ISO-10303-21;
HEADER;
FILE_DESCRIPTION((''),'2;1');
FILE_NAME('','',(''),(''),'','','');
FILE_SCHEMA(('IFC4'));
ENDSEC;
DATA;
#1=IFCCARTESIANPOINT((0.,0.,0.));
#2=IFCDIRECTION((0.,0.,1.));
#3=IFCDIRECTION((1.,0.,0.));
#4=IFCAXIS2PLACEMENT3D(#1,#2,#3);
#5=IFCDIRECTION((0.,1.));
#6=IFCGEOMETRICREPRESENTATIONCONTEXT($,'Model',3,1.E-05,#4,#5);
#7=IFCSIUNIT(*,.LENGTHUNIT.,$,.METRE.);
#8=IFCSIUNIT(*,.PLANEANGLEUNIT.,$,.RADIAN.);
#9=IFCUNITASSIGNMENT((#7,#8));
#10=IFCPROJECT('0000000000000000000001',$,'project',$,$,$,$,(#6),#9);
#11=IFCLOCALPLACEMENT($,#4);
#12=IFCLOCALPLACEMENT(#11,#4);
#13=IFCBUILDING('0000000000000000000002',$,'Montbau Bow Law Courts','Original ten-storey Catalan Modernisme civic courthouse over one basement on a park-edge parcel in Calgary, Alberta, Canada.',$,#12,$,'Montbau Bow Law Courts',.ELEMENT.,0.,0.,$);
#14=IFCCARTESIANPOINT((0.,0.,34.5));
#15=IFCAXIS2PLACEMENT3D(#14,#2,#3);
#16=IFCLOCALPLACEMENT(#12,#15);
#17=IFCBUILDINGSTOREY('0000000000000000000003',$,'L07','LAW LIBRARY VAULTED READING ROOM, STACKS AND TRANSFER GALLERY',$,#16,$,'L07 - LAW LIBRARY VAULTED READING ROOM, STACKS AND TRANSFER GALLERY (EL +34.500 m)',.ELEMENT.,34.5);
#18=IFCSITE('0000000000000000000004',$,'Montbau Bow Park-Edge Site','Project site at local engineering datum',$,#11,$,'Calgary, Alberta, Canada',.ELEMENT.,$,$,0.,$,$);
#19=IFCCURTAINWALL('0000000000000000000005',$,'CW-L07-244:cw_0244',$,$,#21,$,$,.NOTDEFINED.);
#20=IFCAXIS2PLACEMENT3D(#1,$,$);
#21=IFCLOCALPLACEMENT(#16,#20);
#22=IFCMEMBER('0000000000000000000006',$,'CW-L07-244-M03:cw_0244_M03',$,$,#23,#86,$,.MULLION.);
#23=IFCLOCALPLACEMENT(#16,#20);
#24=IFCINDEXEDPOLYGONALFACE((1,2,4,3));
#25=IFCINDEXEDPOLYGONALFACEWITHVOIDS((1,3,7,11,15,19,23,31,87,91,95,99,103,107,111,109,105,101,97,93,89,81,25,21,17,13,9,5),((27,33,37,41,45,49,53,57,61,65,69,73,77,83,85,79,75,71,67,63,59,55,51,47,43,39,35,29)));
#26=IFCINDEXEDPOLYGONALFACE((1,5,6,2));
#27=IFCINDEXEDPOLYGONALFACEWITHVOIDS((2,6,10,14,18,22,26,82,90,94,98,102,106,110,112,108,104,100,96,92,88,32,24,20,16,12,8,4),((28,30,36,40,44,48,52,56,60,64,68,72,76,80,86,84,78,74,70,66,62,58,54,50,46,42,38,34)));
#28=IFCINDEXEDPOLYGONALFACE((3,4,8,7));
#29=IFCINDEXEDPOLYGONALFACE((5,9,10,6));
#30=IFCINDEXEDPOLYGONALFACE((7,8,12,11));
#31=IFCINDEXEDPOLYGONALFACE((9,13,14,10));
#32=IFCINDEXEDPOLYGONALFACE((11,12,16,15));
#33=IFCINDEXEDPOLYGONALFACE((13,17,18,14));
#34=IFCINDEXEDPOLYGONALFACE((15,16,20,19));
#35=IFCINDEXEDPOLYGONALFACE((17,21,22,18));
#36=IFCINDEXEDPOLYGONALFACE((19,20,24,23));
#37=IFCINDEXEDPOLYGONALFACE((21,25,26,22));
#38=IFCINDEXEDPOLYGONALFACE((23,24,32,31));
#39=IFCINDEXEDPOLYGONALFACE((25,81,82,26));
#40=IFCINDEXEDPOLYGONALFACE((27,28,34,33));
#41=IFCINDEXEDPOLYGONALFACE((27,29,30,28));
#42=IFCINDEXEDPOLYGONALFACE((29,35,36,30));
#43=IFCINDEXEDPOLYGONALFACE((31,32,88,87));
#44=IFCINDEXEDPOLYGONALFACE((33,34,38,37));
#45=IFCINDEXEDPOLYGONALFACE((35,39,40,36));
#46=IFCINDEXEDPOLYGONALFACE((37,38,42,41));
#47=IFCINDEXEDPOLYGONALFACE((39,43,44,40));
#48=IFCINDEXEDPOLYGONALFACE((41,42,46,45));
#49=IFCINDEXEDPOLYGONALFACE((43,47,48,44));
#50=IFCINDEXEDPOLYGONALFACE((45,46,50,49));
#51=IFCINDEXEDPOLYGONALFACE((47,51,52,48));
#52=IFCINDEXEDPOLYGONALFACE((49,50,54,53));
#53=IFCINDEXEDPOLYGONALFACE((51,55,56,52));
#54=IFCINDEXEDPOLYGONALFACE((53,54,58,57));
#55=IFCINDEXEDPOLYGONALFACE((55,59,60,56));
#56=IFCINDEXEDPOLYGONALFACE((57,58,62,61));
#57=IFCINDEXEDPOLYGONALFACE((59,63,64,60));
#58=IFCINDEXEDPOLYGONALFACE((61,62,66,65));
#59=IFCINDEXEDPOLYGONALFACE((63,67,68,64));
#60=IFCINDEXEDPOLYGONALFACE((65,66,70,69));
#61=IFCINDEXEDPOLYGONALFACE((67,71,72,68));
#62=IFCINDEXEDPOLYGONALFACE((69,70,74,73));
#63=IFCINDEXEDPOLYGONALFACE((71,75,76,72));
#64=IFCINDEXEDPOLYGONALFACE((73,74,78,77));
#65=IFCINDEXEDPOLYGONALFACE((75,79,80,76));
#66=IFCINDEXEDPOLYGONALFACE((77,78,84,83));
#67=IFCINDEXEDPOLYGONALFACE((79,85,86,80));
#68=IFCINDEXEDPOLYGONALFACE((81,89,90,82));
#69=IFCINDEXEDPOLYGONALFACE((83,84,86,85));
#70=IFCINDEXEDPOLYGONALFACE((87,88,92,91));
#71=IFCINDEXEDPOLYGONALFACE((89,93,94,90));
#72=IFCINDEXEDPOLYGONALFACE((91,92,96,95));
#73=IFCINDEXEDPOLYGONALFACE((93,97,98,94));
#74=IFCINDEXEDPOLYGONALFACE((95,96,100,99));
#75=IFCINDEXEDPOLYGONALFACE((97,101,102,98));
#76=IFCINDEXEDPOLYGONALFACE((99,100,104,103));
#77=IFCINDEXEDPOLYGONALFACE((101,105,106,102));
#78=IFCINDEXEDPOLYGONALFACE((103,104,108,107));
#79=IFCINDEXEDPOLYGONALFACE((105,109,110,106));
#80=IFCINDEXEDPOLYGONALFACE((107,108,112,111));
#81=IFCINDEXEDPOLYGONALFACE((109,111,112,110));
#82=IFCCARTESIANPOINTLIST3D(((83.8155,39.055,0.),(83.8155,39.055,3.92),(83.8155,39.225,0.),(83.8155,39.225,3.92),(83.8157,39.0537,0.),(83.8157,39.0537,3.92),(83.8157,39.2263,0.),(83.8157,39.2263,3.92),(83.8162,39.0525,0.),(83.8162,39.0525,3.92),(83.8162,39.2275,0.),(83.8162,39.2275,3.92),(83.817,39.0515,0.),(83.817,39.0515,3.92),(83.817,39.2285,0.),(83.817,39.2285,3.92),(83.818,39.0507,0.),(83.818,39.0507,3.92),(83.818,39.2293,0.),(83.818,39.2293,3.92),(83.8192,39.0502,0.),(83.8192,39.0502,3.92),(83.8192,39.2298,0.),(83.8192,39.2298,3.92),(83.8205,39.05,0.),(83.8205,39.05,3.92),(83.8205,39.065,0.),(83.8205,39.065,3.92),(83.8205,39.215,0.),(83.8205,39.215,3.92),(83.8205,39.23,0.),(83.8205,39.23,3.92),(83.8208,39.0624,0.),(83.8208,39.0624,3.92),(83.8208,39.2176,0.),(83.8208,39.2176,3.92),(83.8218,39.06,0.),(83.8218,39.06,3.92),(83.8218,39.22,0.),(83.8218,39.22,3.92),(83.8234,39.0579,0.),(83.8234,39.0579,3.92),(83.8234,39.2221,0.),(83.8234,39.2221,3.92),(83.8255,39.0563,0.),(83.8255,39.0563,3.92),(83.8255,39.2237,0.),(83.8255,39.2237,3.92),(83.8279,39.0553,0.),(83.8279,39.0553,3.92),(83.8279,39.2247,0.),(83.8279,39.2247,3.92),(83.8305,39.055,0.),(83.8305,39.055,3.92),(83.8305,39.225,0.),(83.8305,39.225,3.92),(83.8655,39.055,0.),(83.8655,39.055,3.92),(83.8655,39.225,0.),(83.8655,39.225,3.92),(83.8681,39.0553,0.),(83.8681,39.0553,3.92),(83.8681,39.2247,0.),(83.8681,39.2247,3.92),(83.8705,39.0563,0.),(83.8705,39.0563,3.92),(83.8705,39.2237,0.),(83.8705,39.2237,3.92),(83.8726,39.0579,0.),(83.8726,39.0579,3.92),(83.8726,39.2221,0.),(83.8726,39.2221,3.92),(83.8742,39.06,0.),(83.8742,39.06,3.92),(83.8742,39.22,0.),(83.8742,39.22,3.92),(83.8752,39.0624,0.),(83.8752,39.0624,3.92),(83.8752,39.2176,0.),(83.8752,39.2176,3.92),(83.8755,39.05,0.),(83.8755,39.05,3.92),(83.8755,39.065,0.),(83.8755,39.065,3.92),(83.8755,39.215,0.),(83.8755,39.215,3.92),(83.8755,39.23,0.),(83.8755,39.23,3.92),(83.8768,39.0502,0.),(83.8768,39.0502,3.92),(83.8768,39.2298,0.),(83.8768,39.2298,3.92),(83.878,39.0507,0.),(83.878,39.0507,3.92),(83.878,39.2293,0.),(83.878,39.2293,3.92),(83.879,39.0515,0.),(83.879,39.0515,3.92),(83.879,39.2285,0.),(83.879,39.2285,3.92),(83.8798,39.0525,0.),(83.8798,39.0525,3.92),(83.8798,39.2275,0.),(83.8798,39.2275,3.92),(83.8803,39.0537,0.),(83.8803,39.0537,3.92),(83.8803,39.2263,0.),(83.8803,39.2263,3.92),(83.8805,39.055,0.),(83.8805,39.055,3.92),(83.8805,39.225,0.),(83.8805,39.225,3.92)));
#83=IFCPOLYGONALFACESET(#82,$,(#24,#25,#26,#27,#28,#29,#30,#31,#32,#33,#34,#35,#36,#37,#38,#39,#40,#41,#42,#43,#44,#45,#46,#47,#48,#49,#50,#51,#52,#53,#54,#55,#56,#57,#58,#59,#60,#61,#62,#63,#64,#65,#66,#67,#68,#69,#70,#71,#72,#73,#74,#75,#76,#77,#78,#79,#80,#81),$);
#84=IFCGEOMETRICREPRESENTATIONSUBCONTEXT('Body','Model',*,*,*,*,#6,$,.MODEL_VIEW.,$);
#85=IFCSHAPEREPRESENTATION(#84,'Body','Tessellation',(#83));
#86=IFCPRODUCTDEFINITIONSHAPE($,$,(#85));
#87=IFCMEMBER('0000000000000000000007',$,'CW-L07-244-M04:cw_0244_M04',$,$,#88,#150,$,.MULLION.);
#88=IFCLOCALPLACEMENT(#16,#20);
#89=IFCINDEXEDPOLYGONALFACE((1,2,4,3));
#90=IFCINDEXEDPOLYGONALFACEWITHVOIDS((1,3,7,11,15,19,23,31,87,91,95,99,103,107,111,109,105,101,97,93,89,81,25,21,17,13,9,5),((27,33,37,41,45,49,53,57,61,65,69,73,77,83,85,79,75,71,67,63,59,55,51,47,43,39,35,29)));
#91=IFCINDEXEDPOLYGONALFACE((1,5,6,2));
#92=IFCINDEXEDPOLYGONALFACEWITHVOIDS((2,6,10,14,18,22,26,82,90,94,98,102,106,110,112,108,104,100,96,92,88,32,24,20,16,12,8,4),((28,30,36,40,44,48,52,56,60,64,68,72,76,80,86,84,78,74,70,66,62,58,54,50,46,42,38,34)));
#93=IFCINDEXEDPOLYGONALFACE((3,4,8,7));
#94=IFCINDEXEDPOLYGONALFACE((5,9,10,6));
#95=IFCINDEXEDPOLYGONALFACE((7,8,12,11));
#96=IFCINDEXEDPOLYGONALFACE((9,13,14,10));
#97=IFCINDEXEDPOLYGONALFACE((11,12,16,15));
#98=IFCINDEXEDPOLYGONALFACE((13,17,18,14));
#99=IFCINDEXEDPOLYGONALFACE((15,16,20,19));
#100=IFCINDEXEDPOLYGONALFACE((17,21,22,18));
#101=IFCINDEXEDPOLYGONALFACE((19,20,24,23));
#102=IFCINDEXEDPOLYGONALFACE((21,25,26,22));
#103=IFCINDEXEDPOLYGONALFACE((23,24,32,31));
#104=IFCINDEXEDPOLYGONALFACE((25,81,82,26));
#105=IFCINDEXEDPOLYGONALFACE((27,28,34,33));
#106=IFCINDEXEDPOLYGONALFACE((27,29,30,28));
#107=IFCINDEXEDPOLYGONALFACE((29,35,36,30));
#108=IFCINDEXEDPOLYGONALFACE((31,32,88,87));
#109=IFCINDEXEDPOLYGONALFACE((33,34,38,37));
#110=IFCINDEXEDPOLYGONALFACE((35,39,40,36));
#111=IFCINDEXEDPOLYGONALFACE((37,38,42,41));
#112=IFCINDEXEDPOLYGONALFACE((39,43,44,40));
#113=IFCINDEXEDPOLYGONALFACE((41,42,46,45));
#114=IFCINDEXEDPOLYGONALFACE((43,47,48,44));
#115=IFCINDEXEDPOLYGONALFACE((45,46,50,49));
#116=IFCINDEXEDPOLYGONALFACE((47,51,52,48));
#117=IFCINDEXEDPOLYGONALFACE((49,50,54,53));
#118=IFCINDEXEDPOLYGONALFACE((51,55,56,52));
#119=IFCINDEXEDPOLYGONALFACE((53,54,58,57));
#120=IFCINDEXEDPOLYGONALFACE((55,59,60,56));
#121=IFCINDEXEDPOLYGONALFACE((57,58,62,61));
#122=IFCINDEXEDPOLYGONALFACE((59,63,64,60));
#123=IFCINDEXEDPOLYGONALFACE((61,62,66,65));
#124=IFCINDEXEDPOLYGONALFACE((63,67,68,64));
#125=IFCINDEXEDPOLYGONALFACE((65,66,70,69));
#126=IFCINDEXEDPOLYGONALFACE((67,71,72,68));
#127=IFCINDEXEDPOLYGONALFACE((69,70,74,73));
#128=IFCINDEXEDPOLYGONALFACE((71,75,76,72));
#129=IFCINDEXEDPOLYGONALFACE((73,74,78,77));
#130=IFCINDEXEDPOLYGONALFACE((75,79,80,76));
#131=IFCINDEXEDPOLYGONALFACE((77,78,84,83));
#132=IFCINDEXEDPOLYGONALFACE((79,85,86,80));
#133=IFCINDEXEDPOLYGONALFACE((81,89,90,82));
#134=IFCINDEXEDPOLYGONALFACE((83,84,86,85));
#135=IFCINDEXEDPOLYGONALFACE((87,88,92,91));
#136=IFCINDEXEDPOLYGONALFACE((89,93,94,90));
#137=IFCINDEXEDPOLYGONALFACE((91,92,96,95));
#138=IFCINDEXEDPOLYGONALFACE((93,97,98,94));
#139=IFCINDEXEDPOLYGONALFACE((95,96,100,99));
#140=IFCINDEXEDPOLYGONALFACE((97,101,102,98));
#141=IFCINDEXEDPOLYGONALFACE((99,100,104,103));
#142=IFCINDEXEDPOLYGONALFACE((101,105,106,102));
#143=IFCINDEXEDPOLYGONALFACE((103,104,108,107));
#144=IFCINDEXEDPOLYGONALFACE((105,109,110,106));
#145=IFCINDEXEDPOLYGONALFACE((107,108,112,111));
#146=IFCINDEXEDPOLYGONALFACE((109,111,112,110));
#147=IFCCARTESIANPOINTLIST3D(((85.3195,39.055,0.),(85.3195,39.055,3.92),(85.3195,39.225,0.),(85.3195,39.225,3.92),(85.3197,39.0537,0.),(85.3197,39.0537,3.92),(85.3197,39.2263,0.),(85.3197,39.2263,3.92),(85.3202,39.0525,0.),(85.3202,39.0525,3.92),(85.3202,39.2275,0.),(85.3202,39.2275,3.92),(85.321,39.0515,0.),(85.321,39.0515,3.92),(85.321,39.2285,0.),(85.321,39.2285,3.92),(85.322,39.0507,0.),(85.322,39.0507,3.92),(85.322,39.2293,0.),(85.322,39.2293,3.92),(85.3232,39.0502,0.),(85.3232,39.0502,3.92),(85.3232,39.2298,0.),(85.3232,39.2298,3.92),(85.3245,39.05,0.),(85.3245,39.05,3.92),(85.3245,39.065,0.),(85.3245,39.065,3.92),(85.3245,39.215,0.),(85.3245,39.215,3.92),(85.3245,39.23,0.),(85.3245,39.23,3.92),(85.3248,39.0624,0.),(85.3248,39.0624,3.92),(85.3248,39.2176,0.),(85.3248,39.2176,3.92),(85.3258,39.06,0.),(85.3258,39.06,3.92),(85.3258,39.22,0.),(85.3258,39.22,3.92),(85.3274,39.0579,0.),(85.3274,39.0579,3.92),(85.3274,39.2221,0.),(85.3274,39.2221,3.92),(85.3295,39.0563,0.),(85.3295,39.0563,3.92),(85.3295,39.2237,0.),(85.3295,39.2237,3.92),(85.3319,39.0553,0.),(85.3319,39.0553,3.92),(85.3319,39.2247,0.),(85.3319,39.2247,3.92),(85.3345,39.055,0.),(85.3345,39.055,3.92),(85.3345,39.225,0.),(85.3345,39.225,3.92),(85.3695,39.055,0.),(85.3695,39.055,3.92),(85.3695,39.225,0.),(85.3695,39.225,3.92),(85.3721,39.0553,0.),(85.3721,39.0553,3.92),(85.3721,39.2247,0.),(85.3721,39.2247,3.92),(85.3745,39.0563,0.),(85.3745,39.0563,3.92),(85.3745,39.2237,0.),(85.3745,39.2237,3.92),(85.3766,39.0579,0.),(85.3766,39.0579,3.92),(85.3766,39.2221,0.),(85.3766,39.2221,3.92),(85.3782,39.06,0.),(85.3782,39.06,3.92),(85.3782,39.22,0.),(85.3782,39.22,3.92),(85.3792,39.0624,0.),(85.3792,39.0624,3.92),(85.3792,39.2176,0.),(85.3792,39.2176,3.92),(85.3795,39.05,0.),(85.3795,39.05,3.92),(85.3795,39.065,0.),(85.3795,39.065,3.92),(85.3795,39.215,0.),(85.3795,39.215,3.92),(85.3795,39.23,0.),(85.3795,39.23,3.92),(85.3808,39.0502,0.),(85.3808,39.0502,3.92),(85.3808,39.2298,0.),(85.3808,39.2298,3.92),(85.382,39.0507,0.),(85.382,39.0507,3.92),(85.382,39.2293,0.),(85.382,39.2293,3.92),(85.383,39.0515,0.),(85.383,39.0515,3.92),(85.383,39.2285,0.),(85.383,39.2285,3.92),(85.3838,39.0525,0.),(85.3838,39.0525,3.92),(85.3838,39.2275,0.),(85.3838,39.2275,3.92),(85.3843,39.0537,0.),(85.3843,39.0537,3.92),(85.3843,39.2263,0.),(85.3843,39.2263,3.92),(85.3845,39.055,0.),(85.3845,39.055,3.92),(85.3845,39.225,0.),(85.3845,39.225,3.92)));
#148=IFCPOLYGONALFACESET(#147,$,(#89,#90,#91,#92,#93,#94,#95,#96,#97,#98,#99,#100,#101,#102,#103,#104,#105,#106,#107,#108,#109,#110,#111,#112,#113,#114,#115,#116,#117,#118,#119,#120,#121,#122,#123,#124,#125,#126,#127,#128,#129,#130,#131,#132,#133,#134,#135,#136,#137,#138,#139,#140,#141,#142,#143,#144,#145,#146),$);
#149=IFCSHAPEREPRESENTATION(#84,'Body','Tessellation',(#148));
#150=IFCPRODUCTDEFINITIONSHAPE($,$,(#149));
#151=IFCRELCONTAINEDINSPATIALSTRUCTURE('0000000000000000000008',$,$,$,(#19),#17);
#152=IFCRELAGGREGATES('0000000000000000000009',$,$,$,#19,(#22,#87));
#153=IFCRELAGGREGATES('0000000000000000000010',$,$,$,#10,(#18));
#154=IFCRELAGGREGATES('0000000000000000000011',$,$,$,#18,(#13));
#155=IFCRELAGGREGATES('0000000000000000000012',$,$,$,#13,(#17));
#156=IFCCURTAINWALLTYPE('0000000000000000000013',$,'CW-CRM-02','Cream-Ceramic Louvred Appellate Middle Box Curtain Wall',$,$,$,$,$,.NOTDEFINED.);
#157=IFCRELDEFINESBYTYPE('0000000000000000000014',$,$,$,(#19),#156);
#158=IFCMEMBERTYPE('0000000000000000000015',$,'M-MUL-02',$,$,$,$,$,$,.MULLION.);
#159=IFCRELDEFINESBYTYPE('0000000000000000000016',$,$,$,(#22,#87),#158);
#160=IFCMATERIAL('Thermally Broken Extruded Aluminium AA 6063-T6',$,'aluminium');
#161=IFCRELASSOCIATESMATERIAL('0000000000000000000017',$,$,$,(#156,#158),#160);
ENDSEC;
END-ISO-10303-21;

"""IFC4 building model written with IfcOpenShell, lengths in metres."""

from ifc_helpers import new_model, si_unit, direction, frame, origin_with_axes, origin_2d_with_axis, place, context, subcontext, project, spatial, hollow_rectangle, extrude, material, material_profile, profile_set, type_object, element, aggregate, save


model = new_model("IFC4")

# Units and contexts
model_context = context("Model", 3, precision=1e-05, world=origin_with_axes(), true_north=direction((0.0, 1.0)))
body_context = subcontext(model_context, "Body", "Model", "MODEL_VIEW")
ifc_project = project(units=[si_unit("LENGTHUNIT", "METRE"), si_unit("PLANEANGLEUNIT", "RADIAN")], contexts=[model_context])

# Site, building, storey
site_placement = place(None, origin_with_axes())
site = spatial("IfcSite", under=ifc_project, at=site_placement, Name="Montbau Bow Park-Edge Site", Description="Project site at local engineering datum", LongName="Calgary, Alberta, Canada", CompositionType="ELEMENT", RefElevation=0.0)
building_placement = place(site_placement, origin_with_axes())
building = spatial("IfcBuilding", under=site, at=building_placement, Name="Montbau Bow Law Courts", Description="Original ten-storey Catalan Modernisme civic courthouse over one basement on a park-edge parcel in Calgary, Alberta, Canada.", LongName="Montbau Bow Law Courts", CompositionType="ELEMENT", ElevationOfRefHeight=0.0, ElevationOfTerrain=0.0)
storey_placement = place(building_placement, frame((0.0, 0.0, 34.5), z_axis=(0.0, 0.0, 1.0), x_axis=(1.0, 0.0, 0.0)))
storey = spatial("IfcBuildingStorey", under=building, at=storey_placement, Name="L07", Description="LAW LIBRARY VAULTED READING ROOM, STACKS AND TRANSFER GALLERY", LongName="L07 - LAW LIBRARY VAULTED READING ROOM, STACKS AND TRANSFER GALLERY (EL +34.500 m)", CompositionType="ELEMENT", Elevation=34.5)

# Curtain wall, members
ifc_material_1 = material(Name="Thermally Broken Extruded Aluminium AA 6063-T6", Category="aluminium")
curtain_wall_type = type_object("IfcCurtainWallType", Name="CW-CRM-02", Description="Cream-Ceramic Louvred Appellate Middle Box Curtain Wall", PredefinedType="NOTDEFINED", material=ifc_material_1)
curtain_wall_placement = place(None, frame((80.84, 39.14, 34.5), z_axis=(0.0, 0.0, 1.0), x_axis=(1.0, 0.0, 0.0)))
curtain_wall = element("IfcCurtainWall", 1, at=curtain_wall_placement, inside=storey, type_object=curtain_wall_type, Name="CW-L07-244:cw_0244", PredefinedType="NOTDEFINED")
ifc_material_profile_1 = material_profile(ifc_material_1, hollow_rectangle(XDim=0.065, YDim=0.18, WallThickness=0.005, InnerFilletRadius=0.01, OuterFilletRadius=0.005, at=origin_2d_with_axis()), Name="CWM-180X65", Category="Main", Priority=0)
ifc_profile_set_1 = profile_set([ifc_material_profile_1], Name="Thermally Broken Extruded Aluminium AA 6063-T6")
member_type_1 = type_object("IfcMemberType", Name="M-MUL-02", PredefinedType="MULLION", material=ifc_profile_set_1)
member_1_placement = place(None, frame((83.848, 39.14, 34.5), z_axis=(0.0, 0.0, 1.0), x_axis=(1.0, 0.0, 0.0)))
member_1 = element("IfcMember", 2, at=member_1_placement, type_object=member_type_1, Name="CW-L07-244-M03:cw_0244_M03", PredefinedType="MULLION", context=body_context, shape_type="SweptSolid", body=[
    extrude(hollow_rectangle(XDim=0.065, YDim=0.18, WallThickness=0.005, InnerFilletRadius=0.01, OuterFilletRadius=0.005, at=origin_2d_with_axis()), origin_with_axes(), (0.0, 0.0, 1.0), 3.92),
])
member_2_placement = place(None, frame((85.352, 39.14, 34.5), z_axis=(0.0, 0.0, 1.0), x_axis=(1.0, 0.0, 0.0)))
member_2 = element("IfcMember", 3, at=member_2_placement, type_object=member_type_1, Name="CW-L07-244-M04:cw_0244_M04", PredefinedType="MULLION", context=body_context, shape_type="SweptSolid", body=[
    extrude(hollow_rectangle(XDim=0.065, YDim=0.18, WallThickness=0.005, InnerFilletRadius=0.01, OuterFilletRadius=0.005, at=origin_2d_with_axis()), origin_with_axes(), (0.0, 0.0, 1.0), 3.92),
])
aggregate(curtain_wall, [member_1, member_2])

save(model, "model.ifc")
